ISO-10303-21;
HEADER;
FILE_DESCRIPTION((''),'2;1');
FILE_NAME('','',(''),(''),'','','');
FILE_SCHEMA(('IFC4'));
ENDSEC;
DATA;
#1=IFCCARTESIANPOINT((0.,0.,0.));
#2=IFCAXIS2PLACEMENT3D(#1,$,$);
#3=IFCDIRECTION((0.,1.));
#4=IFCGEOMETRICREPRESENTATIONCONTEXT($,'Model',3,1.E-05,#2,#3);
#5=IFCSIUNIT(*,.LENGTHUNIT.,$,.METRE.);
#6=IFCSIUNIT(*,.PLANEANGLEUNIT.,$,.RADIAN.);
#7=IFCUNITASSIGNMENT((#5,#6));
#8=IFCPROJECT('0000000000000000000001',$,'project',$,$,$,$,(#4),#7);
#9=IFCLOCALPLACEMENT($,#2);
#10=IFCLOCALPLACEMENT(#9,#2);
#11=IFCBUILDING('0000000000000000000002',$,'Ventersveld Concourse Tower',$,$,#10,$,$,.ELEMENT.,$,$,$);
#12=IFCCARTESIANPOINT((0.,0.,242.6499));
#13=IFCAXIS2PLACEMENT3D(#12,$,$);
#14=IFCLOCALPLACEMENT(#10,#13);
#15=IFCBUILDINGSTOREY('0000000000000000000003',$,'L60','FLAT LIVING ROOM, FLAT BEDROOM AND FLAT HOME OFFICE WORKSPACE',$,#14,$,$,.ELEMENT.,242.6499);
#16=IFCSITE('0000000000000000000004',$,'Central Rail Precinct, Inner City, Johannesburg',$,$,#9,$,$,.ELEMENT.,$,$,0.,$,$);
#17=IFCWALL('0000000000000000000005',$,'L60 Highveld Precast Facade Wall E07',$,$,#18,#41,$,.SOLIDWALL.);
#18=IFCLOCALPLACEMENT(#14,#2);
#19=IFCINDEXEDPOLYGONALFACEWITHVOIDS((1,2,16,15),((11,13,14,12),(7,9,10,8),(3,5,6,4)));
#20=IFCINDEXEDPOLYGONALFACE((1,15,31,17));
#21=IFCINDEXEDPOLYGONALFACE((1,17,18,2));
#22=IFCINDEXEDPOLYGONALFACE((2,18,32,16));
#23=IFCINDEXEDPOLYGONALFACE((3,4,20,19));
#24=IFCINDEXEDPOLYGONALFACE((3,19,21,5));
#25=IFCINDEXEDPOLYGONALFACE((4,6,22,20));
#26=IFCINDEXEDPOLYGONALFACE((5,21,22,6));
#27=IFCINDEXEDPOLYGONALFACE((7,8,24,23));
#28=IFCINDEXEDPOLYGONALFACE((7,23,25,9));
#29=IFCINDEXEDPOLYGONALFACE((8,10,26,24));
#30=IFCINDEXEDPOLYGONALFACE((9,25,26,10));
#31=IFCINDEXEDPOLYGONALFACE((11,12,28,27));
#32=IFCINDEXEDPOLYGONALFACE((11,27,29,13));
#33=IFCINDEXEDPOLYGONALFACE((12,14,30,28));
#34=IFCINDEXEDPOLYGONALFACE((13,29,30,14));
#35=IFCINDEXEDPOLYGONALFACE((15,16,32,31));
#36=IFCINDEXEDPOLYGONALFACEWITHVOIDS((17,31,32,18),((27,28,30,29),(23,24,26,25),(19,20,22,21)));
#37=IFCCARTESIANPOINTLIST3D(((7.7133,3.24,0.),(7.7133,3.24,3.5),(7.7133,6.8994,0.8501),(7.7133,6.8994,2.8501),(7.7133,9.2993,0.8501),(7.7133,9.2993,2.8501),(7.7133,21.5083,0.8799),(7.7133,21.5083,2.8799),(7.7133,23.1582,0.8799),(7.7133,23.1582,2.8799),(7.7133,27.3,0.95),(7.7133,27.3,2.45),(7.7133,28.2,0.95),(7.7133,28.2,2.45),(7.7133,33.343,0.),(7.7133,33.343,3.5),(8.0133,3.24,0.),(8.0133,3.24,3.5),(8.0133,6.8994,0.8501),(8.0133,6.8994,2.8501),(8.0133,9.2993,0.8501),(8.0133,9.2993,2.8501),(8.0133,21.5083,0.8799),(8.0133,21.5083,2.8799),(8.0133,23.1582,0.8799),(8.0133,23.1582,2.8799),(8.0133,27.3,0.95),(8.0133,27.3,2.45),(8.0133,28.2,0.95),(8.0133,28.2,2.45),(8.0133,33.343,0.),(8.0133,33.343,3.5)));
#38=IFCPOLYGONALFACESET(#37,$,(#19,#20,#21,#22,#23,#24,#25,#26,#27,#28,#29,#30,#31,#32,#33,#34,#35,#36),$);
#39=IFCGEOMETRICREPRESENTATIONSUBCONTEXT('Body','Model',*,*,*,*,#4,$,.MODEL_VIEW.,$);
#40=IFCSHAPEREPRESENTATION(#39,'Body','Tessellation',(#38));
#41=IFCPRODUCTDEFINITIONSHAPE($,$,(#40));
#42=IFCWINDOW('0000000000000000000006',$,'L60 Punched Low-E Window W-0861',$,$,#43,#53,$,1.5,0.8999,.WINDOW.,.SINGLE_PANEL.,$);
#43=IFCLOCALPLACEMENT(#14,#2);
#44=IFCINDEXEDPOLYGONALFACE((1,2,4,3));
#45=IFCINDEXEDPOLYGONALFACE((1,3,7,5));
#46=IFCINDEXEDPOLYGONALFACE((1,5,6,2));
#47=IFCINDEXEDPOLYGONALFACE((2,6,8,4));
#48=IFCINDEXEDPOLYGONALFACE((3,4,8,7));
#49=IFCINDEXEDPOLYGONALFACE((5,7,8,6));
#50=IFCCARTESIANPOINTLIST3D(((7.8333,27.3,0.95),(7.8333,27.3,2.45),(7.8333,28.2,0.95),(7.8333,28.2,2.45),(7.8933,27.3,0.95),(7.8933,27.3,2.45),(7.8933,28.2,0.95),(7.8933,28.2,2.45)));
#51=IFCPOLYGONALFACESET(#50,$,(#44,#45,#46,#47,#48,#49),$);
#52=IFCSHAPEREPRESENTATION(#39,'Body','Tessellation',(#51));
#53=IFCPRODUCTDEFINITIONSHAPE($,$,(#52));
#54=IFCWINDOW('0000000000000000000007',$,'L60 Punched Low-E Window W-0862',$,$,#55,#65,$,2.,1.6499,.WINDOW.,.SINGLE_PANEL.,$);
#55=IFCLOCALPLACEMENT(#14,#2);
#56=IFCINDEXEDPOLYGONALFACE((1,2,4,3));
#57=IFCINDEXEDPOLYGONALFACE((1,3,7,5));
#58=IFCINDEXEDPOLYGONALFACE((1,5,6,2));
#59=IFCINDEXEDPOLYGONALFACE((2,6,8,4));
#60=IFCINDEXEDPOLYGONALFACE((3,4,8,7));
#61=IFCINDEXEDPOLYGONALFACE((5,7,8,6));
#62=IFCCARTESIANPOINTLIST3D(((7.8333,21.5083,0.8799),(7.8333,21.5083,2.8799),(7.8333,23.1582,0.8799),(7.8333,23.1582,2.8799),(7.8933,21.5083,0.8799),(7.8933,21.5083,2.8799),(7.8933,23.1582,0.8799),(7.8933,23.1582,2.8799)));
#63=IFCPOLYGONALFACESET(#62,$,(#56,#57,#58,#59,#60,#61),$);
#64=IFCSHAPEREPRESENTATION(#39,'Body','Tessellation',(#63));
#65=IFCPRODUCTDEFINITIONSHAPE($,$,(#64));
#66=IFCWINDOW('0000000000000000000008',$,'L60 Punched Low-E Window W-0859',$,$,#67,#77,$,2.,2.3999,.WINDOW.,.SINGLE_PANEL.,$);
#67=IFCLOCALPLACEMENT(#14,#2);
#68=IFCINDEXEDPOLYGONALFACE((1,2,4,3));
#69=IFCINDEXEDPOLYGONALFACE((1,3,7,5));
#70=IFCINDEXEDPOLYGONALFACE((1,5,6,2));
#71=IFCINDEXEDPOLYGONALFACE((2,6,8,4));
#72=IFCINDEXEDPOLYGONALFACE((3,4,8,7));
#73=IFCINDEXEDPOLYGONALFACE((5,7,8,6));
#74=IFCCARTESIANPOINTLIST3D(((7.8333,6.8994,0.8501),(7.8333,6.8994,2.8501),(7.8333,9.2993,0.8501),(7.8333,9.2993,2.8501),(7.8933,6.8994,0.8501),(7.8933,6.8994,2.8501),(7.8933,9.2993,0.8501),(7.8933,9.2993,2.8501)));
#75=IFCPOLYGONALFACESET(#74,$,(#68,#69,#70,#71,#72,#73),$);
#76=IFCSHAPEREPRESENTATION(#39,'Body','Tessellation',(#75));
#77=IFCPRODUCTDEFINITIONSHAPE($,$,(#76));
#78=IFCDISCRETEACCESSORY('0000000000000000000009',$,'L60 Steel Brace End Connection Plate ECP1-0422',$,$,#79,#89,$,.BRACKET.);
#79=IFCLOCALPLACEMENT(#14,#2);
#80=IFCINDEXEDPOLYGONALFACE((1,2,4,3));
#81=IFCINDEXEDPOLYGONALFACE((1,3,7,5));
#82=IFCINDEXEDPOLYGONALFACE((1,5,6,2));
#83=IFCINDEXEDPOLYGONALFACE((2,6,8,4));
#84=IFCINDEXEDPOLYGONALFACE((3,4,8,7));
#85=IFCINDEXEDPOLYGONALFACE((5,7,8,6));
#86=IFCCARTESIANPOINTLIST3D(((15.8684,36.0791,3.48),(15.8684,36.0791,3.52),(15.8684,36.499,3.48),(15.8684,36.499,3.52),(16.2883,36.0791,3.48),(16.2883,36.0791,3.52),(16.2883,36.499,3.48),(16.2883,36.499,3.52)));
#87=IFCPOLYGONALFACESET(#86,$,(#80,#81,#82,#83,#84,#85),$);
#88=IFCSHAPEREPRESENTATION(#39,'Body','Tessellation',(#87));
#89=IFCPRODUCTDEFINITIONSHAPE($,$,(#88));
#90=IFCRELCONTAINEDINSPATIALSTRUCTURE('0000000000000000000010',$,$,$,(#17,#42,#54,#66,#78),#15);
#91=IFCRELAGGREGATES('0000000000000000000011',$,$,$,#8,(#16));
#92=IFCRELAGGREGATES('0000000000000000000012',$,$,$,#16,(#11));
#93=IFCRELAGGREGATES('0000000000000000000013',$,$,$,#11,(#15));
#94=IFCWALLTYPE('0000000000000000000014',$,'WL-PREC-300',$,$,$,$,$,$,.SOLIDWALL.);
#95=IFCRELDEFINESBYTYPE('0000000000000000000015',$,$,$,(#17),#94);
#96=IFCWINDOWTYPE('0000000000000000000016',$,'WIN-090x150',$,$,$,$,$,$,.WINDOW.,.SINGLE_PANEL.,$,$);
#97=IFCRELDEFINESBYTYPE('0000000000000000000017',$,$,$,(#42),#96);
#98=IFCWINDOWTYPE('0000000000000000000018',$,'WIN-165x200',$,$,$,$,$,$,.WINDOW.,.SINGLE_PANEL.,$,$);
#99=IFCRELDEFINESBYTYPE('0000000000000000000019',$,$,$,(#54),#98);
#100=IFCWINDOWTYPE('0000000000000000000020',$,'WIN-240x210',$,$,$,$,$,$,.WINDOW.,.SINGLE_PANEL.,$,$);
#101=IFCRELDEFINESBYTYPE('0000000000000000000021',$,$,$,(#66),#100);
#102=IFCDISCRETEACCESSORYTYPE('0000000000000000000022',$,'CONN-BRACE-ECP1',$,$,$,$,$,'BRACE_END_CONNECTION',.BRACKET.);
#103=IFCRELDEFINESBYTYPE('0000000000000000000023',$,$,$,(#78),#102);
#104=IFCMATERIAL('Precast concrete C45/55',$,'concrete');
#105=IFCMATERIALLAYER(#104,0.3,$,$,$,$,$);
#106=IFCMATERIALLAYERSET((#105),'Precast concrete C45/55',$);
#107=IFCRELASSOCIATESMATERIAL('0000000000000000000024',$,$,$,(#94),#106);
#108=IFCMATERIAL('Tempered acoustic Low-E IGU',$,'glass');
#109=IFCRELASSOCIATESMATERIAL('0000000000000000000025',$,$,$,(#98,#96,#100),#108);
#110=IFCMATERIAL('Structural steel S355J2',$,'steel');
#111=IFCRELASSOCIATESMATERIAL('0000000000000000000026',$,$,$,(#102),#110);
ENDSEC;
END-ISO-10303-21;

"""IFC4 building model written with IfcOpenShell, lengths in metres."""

from ifc_helpers import new_model, si_unit, direction, frame, frame_2d, origin, origin_2d, place, context, subcontext, project, spatial, rectangle, extrude, material, layer, layer_set, type_object, element, fill, save


model = new_model("IFC4")

# Units and contexts
model_context = context("Model", 3, precision=1e-05, world=origin(), true_north=direction((0.0, 1.0)))
body_context = subcontext(model_context, "Body", "Model", "MODEL_VIEW")
ifc_project = project(units=[si_unit("LENGTHUNIT", "METRE"), si_unit("PLANEANGLEUNIT", "RADIAN")], contexts=[model_context])

# Site, building, storey
site_placement = place(None, origin())
site = spatial("IfcSite", under=ifc_project, at=site_placement, Name="Central Rail Precinct, Inner City, Johannesburg", CompositionType="ELEMENT", RefElevation=0.0)
building_placement = place(site_placement, origin())
building = spatial("IfcBuilding", under=site, at=building_placement, Name="Ventersveld Concourse Tower", CompositionType="ELEMENT")
storey_placement = place(building_placement, frame((0.0, 0.0, 242.6499)))
storey = spatial("IfcBuildingStorey", under=building, at=storey_placement, Name="L60", Description="FLAT LIVING ROOM, FLAT BEDROOM AND FLAT HOME OFFICE WORKSPACE", CompositionType="ELEMENT", Elevation=242.6499)

# Shared definitions
ifc_material_1 = material(Name="Structural steel S355J2", Category="steel")

# Shared definitions
ifc_material_2 = material(Name="Precast concrete C45/55", Category="concrete")
ifc_layer_1 = layer(ifc_material_2, 0.3)
ifc_layer_set_1 = layer_set([ifc_layer_1], Name="Precast concrete C45/55")
wall_type_1 = type_object("IfcWallType", Name="WL-PREC-300", PredefinedType="SOLIDWALL", material=ifc_layer_set_1)
ifc_material_3 = material(Name="Tempered acoustic Low-E IGU", Category="glass")
window_type_1 = type_object("IfcWindowType", Name="WIN-165x200", PartitioningType="SINGLE_PANEL", PredefinedType="WINDOW", material=ifc_material_3)

# Wall, openings, windows
wall_1_placement = place(storey_placement, frame((7.8633, 33.343, 0.0), z_axis=(0.0, 0.0, 1.0), x_axis=(0.0, -1.0, 0.0)))
wall_1 = element("IfcWall", 1, at=wall_1_placement, inside=storey, type_object=wall_type_1, Name="L60 Highveld Precast Facade Wall E07", PredefinedType="SOLIDWALL", context=body_context, shape_type="SweptSolid", body=[
    extrude(rectangle(XDim=30.103, YDim=0.3, at=frame_2d((15.0515, 0.0))), origin(), (0.0, 0.0, 1.0), 3.5),
])
opening_1_placement = place(wall_1_placement, frame((24.0437, 0.0, 0.8501)))
opening_1 = element("IfcOpeningElement", 2, at=opening_1_placement, cuts=wall_1, PredefinedType="OPENING", context=body_context, shape_type="SweptSolid", body=[
    extrude(rectangle(XDim=2.3999, YDim=2.0, at=frame_2d((1.2, 1.0))), frame((0.0, 0.1602, 0.0), z_axis=(0.0, -1.0, 0.0), x_axis=(1.0, 0.0, 0.0)), (0.0, 0.0, 1.0), 0.3201),
])
opening_2_placement = place(wall_1_placement, frame((5.1431, 0.0, 0.95)))
opening_2 = element("IfcOpeningElement", 3, at=opening_2_placement, cuts=wall_1, PredefinedType="OPENING", context=body_context, shape_type="SweptSolid", body=[
    extrude(rectangle(XDim=0.8999, YDim=1.5, at=frame_2d((0.45, 0.75))), frame((0.0, 0.1602, 0.0), z_axis=(0.0, -1.0, 0.0), x_axis=(1.0, 0.0, 0.0)), (0.0, 0.0, 1.0), 0.3201),
])
opening_3_placement = place(wall_1_placement, frame((10.1848, 0.0, 0.8799)))
opening_3 = element("IfcOpeningElement", 4, at=opening_3_placement, cuts=wall_1, PredefinedType="OPENING", context=body_context, shape_type="SweptSolid", body=[
    extrude(rectangle(XDim=1.6499, YDim=2.0, at=frame_2d((0.825, 1.0))), frame((0.0, 0.1602, 0.0), z_axis=(0.0, -1.0, 0.0), x_axis=(1.0, 0.0, 0.0)), (0.0, 0.0, 1.0), 0.3201),
])
window_type_2 = type_object("IfcWindowType", Name="WIN-090x150", PartitioningType="SINGLE_PANEL", PredefinedType="WINDOW", material=ifc_material_3)
window_1_placement = place(opening_2_placement, origin())
window_1 = element("IfcWindow", 5, at=window_1_placement, inside=storey, type_object=window_type_2, Name="L60 Punched Low-E Window W-0861", OverallHeight=1.5, OverallWidth=0.8999, PartitioningType="SINGLE_PANEL", PredefinedType="WINDOW", context=body_context, shape_type="SweptSolid", body=[
    extrude(rectangle(XDim=0.8999, YDim=1.5, at=frame_2d((0.45, 0.75))), frame((0.0, 0.03, 0.0), z_axis=(0.0, -1.0, 0.0), x_axis=(1.0, 0.0, 0.0)), (0.0, 0.0, 1.0), 0.0601),
])
fill(opening_2, window_1)
window_2_placement = place(opening_3_placement, origin())
window_2 = element("IfcWindow", 6, at=window_2_placement, inside=storey, type_object=window_type_1, Name="L60 Punched Low-E Window W-0862", OverallHeight=2.0, OverallWidth=1.6499, PartitioningType="SINGLE_PANEL", PredefinedType="WINDOW", context=body_context, shape_type="SweptSolid", body=[
    extrude(rectangle(XDim=1.6499, YDim=2.0, at=frame_2d((0.825, 1.0))), frame((0.0, 0.03, 0.0), z_axis=(0.0, -1.0, 0.0), x_axis=(1.0, 0.0, 0.0)), (0.0, 0.0, 1.0), 0.0601),
])
fill(opening_3, window_2)
window_type_3 = type_object("IfcWindowType", Name="WIN-240x210", PartitioningType="SINGLE_PANEL", PredefinedType="WINDOW", material=ifc_material_3)
window_3_placement = place(opening_1_placement, origin())
window_3 = element("IfcWindow", 7, at=window_3_placement, inside=storey, type_object=window_type_3, Name="L60 Punched Low-E Window W-0859", OverallHeight=2.0, OverallWidth=2.3999, PartitioningType="SINGLE_PANEL", PredefinedType="WINDOW", context=body_context, shape_type="SweptSolid", body=[
    extrude(rectangle(XDim=2.3999, YDim=2.0, at=frame_2d((1.2, 1.0))), frame((0.0, 0.03, 0.0), z_axis=(0.0, -1.0, 0.0), x_axis=(1.0, 0.0, 0.0)), (0.0, 0.0, 1.0), 0.0601),
])
fill(opening_1, window_3)

# Discrete accessory
discrete_accessory_type = type_object("IfcDiscreteAccessoryType", Name="CONN-BRACE-ECP1", ElementType="BRACE_END_CONNECTION", PredefinedType="BRACKET", material=ifc_material_1)
discrete_accessory_placement = place(storey_placement, frame((16.0784, 36.2891, 3.48), z_axis=(0.0, 0.0, 1.0), x_axis=(1.0, 0.0, 0.0)))
element("IfcDiscreteAccessory", 8, at=discrete_accessory_placement, inside=storey, type_object=discrete_accessory_type, Name="L60 Steel Brace End Connection Plate ECP1-0422", PredefinedType="BRACKET", context=body_context, shape_type="SweptSolid", body=[
    extrude(rectangle(XDim=0.4199, YDim=0.4199, at=origin_2d()), origin(), (0.0, 0.0, 1.0), 0.04),
])

save(model, "model.ifc")
